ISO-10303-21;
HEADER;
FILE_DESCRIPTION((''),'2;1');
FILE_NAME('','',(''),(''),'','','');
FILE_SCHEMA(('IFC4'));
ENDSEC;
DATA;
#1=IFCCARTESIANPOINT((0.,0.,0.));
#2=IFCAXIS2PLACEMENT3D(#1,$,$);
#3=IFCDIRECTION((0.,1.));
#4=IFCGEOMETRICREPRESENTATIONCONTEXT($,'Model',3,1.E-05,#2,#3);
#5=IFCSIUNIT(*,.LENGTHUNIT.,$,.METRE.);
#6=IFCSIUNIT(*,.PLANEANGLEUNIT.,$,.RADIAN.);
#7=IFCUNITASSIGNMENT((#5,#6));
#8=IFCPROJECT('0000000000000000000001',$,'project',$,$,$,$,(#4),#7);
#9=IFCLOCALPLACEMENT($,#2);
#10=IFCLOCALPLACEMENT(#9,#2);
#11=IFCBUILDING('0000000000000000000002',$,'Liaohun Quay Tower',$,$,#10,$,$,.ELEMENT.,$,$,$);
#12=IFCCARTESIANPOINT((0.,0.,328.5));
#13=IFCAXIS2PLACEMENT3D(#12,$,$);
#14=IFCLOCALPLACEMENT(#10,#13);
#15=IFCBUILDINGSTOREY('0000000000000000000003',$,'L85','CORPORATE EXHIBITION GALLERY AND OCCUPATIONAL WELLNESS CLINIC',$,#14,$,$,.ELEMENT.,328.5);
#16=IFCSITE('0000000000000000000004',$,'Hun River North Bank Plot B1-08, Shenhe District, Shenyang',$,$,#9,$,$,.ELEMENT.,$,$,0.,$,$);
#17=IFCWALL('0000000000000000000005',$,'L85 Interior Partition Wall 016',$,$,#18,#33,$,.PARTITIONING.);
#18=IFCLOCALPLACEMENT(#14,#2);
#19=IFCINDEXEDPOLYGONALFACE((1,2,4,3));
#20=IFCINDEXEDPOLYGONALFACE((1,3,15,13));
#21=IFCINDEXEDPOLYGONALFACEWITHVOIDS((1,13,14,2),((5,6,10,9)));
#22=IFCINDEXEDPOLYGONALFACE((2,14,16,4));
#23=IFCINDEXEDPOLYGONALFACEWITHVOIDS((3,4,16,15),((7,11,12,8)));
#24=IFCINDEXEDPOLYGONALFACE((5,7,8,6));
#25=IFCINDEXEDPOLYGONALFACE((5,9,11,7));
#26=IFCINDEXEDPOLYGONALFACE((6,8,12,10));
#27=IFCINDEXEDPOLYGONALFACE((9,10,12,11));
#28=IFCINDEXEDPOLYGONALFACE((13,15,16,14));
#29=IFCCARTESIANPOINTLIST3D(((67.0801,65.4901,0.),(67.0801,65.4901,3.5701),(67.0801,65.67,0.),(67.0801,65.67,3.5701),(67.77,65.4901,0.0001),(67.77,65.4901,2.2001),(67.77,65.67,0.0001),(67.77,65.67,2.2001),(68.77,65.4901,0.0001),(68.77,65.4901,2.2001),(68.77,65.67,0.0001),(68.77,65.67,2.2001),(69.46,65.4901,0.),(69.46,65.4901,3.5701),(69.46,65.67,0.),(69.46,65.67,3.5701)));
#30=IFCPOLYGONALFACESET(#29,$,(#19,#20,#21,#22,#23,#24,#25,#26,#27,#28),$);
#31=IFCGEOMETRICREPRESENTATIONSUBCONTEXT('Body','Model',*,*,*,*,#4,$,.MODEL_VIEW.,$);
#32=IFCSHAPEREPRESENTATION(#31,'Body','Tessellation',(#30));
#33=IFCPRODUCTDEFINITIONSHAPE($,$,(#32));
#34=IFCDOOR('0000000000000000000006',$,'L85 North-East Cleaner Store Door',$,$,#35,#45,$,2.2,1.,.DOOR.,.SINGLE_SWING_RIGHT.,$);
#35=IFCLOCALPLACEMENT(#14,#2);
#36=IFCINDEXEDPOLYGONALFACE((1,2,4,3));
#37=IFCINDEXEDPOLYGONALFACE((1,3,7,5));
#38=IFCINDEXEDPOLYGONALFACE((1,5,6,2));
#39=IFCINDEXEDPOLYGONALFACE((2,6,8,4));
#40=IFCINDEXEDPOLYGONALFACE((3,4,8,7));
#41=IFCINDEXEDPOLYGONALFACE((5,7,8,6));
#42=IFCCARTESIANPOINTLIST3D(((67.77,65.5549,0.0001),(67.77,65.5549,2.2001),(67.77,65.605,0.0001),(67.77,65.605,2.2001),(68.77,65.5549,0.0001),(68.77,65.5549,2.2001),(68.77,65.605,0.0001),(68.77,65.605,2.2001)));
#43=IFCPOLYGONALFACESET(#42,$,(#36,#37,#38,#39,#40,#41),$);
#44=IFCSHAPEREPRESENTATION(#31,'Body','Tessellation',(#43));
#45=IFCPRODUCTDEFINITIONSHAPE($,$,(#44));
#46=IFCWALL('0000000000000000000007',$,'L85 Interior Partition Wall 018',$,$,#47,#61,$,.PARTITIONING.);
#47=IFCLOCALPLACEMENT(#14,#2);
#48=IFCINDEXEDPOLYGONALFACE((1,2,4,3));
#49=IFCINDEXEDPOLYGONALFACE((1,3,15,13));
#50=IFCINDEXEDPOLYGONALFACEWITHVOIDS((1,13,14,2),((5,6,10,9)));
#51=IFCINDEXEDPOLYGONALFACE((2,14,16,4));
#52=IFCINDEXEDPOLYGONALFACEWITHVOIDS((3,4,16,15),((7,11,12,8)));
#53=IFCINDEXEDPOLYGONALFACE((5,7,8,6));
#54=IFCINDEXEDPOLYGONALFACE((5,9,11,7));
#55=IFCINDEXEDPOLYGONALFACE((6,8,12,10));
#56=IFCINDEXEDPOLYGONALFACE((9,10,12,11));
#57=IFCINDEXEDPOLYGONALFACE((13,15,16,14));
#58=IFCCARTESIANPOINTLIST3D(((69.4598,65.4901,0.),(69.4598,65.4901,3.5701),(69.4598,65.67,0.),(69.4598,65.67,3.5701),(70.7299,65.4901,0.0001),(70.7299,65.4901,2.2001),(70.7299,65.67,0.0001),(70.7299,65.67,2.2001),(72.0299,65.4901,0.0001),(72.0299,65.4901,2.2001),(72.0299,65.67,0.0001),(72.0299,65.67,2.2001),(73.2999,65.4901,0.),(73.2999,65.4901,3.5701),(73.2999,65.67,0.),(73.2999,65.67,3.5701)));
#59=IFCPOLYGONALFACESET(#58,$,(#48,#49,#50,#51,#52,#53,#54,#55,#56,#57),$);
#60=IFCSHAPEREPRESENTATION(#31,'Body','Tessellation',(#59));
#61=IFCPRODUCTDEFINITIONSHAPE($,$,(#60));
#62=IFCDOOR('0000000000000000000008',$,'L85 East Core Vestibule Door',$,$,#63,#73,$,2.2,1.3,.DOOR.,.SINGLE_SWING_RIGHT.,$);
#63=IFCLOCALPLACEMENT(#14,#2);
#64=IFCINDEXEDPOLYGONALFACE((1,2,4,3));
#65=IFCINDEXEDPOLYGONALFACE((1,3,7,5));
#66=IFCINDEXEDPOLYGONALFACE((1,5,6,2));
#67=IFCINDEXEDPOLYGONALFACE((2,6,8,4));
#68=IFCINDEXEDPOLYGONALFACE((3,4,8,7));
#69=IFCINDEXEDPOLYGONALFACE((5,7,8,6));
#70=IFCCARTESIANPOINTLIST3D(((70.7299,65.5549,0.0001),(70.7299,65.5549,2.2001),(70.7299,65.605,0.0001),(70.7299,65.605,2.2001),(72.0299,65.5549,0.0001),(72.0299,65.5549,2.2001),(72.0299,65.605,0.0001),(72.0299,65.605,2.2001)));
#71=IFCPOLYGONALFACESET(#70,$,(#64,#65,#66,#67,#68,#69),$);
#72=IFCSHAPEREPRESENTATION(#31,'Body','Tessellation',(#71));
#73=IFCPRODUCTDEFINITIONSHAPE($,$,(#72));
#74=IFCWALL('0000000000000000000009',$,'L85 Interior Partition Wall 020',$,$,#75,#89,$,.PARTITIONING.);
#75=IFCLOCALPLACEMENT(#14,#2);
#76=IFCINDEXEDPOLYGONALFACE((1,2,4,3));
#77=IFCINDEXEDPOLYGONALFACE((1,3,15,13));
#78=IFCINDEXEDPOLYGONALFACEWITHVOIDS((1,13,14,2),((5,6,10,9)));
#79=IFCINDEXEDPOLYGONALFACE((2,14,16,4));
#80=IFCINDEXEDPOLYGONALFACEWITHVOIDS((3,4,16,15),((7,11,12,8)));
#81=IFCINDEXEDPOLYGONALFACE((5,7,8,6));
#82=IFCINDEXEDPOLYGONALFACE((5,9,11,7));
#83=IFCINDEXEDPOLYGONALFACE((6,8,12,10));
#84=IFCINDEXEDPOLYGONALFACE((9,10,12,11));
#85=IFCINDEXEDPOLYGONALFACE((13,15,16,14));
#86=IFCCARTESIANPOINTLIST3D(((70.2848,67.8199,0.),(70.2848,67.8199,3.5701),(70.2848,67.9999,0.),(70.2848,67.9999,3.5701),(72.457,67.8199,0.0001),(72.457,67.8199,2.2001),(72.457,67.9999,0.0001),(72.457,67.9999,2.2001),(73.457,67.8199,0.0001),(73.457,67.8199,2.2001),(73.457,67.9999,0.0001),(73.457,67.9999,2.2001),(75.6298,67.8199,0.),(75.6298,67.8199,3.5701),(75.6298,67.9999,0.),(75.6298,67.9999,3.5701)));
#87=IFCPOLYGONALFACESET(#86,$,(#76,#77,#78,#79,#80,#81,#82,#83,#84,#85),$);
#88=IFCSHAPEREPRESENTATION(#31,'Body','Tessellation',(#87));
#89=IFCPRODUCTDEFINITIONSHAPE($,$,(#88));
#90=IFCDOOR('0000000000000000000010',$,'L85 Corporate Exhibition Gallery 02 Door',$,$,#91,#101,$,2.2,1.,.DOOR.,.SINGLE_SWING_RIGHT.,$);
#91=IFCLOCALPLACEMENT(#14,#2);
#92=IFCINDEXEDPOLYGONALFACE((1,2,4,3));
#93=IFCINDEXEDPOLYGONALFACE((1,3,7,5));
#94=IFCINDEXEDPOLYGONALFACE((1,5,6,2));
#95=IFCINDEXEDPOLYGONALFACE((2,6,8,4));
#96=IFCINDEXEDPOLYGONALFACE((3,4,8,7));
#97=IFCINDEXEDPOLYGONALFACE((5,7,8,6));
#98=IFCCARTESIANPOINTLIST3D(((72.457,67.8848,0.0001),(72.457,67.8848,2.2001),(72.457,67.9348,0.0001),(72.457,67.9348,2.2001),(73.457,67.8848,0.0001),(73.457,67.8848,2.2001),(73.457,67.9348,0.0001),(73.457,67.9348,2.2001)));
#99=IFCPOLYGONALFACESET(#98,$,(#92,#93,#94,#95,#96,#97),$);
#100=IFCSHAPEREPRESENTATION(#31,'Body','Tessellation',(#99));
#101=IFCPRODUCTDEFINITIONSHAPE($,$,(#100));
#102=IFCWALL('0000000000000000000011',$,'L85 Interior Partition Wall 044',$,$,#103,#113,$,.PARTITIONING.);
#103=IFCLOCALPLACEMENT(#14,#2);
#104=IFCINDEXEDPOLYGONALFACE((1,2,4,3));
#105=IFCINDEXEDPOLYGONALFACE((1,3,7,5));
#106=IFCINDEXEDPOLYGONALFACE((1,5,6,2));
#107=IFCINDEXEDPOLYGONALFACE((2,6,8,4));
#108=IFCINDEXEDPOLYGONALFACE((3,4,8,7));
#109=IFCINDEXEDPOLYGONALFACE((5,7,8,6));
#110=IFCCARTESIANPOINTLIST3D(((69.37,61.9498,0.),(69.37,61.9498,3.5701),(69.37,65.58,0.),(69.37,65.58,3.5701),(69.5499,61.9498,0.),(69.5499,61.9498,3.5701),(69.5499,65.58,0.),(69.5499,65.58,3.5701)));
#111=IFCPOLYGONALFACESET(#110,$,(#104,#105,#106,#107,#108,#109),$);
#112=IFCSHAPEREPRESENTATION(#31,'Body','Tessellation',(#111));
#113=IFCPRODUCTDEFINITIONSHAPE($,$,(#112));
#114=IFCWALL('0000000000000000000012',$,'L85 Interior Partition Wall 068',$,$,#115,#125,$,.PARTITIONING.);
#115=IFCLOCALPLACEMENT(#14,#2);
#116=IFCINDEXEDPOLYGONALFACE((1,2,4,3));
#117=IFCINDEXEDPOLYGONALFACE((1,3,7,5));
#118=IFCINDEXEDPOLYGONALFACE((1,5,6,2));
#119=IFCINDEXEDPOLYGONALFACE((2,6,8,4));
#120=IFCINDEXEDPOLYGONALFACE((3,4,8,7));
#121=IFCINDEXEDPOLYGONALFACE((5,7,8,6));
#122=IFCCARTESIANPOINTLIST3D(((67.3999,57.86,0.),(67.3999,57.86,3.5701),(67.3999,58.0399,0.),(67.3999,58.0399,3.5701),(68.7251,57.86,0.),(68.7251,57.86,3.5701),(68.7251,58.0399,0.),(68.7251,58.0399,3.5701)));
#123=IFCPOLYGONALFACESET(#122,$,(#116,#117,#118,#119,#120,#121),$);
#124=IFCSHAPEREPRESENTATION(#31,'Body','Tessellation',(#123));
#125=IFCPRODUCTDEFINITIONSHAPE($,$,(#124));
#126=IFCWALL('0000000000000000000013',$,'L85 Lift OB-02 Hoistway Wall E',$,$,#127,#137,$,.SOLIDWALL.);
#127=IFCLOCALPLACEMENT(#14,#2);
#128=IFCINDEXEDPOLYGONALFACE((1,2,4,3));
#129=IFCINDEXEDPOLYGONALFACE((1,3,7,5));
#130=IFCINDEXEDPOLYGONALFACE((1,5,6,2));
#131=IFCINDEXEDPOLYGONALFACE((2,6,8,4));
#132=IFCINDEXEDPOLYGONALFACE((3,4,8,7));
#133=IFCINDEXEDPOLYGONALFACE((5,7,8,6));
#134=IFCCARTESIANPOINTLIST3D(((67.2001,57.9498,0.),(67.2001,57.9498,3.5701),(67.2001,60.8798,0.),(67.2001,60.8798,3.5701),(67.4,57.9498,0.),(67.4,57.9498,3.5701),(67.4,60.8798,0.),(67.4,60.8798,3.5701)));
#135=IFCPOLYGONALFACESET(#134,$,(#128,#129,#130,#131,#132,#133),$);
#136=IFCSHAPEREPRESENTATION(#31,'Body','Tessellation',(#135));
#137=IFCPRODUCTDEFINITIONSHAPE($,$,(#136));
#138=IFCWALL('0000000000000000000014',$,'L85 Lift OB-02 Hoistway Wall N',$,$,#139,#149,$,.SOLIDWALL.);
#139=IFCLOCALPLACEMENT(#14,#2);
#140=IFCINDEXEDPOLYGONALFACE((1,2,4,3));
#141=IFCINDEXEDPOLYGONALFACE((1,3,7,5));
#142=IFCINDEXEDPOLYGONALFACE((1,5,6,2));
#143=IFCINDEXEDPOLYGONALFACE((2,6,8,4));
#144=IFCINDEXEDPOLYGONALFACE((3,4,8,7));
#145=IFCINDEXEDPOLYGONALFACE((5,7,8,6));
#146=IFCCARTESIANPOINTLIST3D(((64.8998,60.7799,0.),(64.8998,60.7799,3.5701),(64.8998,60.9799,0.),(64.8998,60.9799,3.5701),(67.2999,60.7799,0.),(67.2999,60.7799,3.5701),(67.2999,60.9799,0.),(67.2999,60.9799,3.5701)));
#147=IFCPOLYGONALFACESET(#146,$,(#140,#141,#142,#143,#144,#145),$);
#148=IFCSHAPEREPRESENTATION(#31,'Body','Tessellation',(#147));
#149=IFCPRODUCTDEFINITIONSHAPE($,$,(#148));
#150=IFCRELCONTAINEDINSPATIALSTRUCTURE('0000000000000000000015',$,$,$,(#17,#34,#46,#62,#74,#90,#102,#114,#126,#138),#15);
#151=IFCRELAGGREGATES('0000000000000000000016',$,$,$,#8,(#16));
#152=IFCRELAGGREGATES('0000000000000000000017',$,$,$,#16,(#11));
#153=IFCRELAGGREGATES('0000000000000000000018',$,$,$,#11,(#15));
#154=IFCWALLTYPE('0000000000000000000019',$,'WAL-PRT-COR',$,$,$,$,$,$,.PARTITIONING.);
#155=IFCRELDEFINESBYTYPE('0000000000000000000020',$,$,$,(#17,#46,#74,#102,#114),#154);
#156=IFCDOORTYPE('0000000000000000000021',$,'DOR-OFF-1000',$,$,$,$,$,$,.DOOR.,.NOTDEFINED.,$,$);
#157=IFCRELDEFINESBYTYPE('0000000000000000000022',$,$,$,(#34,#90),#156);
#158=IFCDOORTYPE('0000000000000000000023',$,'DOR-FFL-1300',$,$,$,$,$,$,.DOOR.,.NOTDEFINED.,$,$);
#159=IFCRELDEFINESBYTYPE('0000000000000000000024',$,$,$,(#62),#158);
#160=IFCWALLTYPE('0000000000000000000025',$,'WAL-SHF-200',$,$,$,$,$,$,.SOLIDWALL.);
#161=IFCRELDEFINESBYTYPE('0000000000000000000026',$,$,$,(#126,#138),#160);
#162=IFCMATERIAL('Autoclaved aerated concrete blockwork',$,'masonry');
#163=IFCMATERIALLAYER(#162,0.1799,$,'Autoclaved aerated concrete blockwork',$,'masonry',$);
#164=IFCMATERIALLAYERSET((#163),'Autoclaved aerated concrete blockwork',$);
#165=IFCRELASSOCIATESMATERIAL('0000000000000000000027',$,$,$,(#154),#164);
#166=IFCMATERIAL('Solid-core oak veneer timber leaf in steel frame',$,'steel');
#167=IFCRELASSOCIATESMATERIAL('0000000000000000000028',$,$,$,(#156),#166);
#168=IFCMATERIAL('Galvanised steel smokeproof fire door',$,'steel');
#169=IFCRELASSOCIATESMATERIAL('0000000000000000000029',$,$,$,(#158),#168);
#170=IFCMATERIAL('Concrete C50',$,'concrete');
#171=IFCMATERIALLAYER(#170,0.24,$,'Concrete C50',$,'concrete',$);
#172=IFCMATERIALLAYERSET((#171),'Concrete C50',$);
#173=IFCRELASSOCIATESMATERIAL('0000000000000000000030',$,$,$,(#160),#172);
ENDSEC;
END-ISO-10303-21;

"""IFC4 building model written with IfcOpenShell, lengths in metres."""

from ifc_helpers import new_model, si_unit, direction, frame, frame_2d, origin, place, context, subcontext, project, spatial, rectangle, extrude, source, transform, mapped, material, layer, layer_set, type_object, element, fill, save


model = new_model("IFC4")

# Units and contexts
model_context = context("Model", 3, precision=1e-05, world=origin(), true_north=direction((0.0, 1.0)))
body_context = subcontext(model_context, "Body", "Model", "MODEL_VIEW")
ifc_project = project(units=[si_unit("LENGTHUNIT", "METRE"), si_unit("PLANEANGLEUNIT", "RADIAN")], contexts=[model_context])

# Site, building, storey
site_placement = place(None, origin())
site = spatial("IfcSite", under=ifc_project, at=site_placement, Name="Hun River North Bank Plot B1-08, Shenhe District, Shenyang", CompositionType="ELEMENT", RefElevation=0.0)
building_placement = place(site_placement, origin())
building = spatial("IfcBuilding", under=site, at=building_placement, Name="Liaohun Quay Tower", CompositionType="ELEMENT")
storey_placement = place(building_placement, frame((0.0, 0.0, 328.5)))
storey = spatial("IfcBuildingStorey", under=building, at=storey_placement, Name="L85", Description="CORPORATE EXHIBITION GALLERY AND OCCUPATIONAL WELLNESS CLINIC", CompositionType="ELEMENT", Elevation=328.5)

# Shared definitions
ifc_material_1 = material(Name="Concrete C50", Category="concrete")

# Walls, openings, doors
ifc_material_2 = material(Name="Autoclaved aerated concrete blockwork", Category="masonry")
ifc_layer_1 = layer(ifc_material_2, 0.1799, Name="Autoclaved aerated concrete blockwork", Category="masonry")
ifc_layer_set_1 = layer_set([ifc_layer_1], Name="Autoclaved aerated concrete blockwork")
wall_type_1 = type_object("IfcWallType", Name="WAL-PRT-COR", PredefinedType="PARTITIONING", material=ifc_layer_set_1)
wall_1_placement = place(storey_placement, frame((67.0801, 65.5801, 0.0), z_axis=(0.0, 0.0, 1.0), x_axis=(1.0, 0.0, 0.0)))
wall_1 = element("IfcWall", 1, at=wall_1_placement, inside=storey, type_object=wall_type_1, Name="L85 Interior Partition Wall 016", PredefinedType="PARTITIONING", context=body_context, shape_type="SweptSolid", body=[
    extrude(rectangle(XDim=2.3799, YDim=0.1799, at=frame_2d((1.1899, 0.0))), origin(), (0.0, 0.0, 1.0), 3.5701),
])
shared_shape_1 = source(origin(), body_context, "Body", "SweptSolid", [
    extrude(rectangle(XDim=1.0, YDim=2.2, at=frame_2d((0.5, 1.1001))), frame((0.0, 0.0999, 0.0), z_axis=(0.0, -1.0, 0.0), x_axis=(1.0, 0.0, 0.0)), (0.0, 0.0, 1.0), 0.2),
])
opening_1_placement = place(wall_1_placement, frame((0.6899, 0.0, 0.0)))
opening_1 = element("IfcOpeningElement", 2, at=opening_1_placement, cuts=wall_1, PredefinedType="OPENING", context=body_context, shape_type="MappedRepresentation", body=[
    mapped(shared_shape_1, transform((0.0, 0.0, 0.0), x_axis=(1.0, 0.0, 0.0), y_axis=(0.0, 1.0, 0.0), z_axis=(0.0, 0.0, 1.0), scale=1.0)),
])
ifc_material_3 = material(Name="Solid-core oak veneer timber leaf in steel frame", Category="steel")
door_type_1 = type_object("IfcDoorType", Name="DOR-OFF-1000", OperationType="NOTDEFINED", PredefinedType="DOOR", material=ifc_material_3)
shared_shape_2 = source(origin(), body_context, "Body", "SweptSolid", [
    extrude(rectangle(XDim=1.0, YDim=2.2, at=frame_2d((0.5, 1.1001))), frame((0.0, 0.0249, 0.0), z_axis=(0.0, -1.0, 0.0), x_axis=(1.0, 0.0, 0.0)), (0.0, 0.0, 1.0), 0.05),
])
door_1_placement = place(opening_1_placement, origin())
door_1 = element("IfcDoor", 3, at=door_1_placement, inside=storey, type_object=door_type_1, Name="L85 North-East Cleaner Store Door", OperationType="SINGLE_SWING_RIGHT", OverallHeight=2.2, OverallWidth=1.0, PredefinedType="DOOR", context=body_context, shape_type="MappedRepresentation", body=[
    mapped(shared_shape_2, transform((0.0, 0.0, 0.0), x_axis=(1.0, 0.0, 0.0), y_axis=(0.0, 1.0, 0.0), z_axis=(0.0, 0.0, 1.0), scale=1.0)),
])
fill(opening_1, door_1)
wall_2_placement = place(storey_placement, frame((69.46, 65.5801, 0.0), z_axis=(0.0, 0.0, 1.0), x_axis=(1.0, 0.0, 0.0)))
wall_2 = element("IfcWall", 4, at=wall_2_placement, inside=storey, type_object=wall_type_1, Name="L85 Interior Partition Wall 018", PredefinedType="PARTITIONING", context=body_context, shape_type="SweptSolid", body=[
    extrude(rectangle(XDim=3.8401, YDim=0.1799, at=frame_2d((1.9199, 0.0))), origin(), (0.0, 0.0, 1.0), 3.5701),
])
shared_shape_3 = source(origin(), body_context, "Body", "SweptSolid", [
    extrude(rectangle(XDim=1.3, YDim=2.2, at=frame_2d((0.6499, 1.1001))), frame((0.0, 0.0999, 0.0), z_axis=(0.0, -1.0, 0.0), x_axis=(1.0, 0.0, 0.0)), (0.0, 0.0, 1.0), 0.2),
])
opening_2_placement = place(wall_2_placement, frame((1.27, 0.0, 0.0)))
opening_2 = element("IfcOpeningElement", 5, at=opening_2_placement, cuts=wall_2, PredefinedType="OPENING", context=body_context, shape_type="MappedRepresentation", body=[
    mapped(shared_shape_3, transform((0.0, 0.0, 0.0), x_axis=(1.0, 0.0, 0.0), y_axis=(0.0, 1.0, 0.0), z_axis=(0.0, 0.0, 1.0), scale=1.0)),
])
ifc_material_4 = material(Name="Galvanised steel smokeproof fire door", Category="steel")
door_type_2 = type_object("IfcDoorType", Name="DOR-FFL-1300", OperationType="NOTDEFINED", PredefinedType="DOOR", material=ifc_material_4)
shared_shape_4 = source(origin(), body_context, "Body", "SweptSolid", [
    extrude(rectangle(XDim=1.3, YDim=2.2, at=frame_2d((0.6499, 1.1001))), frame((0.0, 0.0249, 0.0), z_axis=(0.0, -1.0, 0.0), x_axis=(1.0, 0.0, 0.0)), (0.0, 0.0, 1.0), 0.05),
])
door_2_placement = place(opening_2_placement, origin())
door_2 = element("IfcDoor", 6, at=door_2_placement, inside=storey, type_object=door_type_2, Name="L85 East Core Vestibule Door", OperationType="SINGLE_SWING_RIGHT", OverallHeight=2.2, OverallWidth=1.3, PredefinedType="DOOR", context=body_context, shape_type="MappedRepresentation", body=[
    mapped(shared_shape_4, transform((0.0, 0.0, 0.0), x_axis=(1.0, 0.0, 0.0), y_axis=(0.0, 1.0, 0.0), z_axis=(0.0, 0.0, 1.0), scale=1.0)),
])
fill(opening_2, door_2)
wall_3_placement = place(storey_placement, frame((70.2849, 67.9099, 0.0), z_axis=(0.0, 0.0, 1.0), x_axis=(1.0, 0.0, 0.0)))
wall_3 = element("IfcWall", 7, at=wall_3_placement, inside=storey, type_object=wall_type_1, Name="L85 Interior Partition Wall 020", PredefinedType="PARTITIONING", context=body_context, shape_type="SweptSolid", body=[
    extrude(rectangle(XDim=5.345, YDim=0.1799, at=frame_2d((2.6724, 0.0))), origin(), (0.0, 0.0, 1.0), 3.5701),
])
opening_3_placement = place(wall_3_placement, frame((2.1721, 0.0, 0.0)))
opening_3 = element("IfcOpeningElement", 8, at=opening_3_placement, cuts=wall_3, PredefinedType="OPENING", context=body_context, shape_type="MappedRepresentation", body=[
    mapped(shared_shape_1, transform((0.0, 0.0, 0.0), x_axis=(1.0, 0.0, 0.0), y_axis=(0.0, 1.0, 0.0), z_axis=(0.0, 0.0, 1.0), scale=1.0)),
])
door_3_placement = place(opening_3_placement, origin())
door_3 = element("IfcDoor", 9, at=door_3_placement, inside=storey, type_object=door_type_1, Name="L85 Corporate Exhibition Gallery 02 Door", OperationType="SINGLE_SWING_RIGHT", OverallHeight=2.2, OverallWidth=1.0, PredefinedType="DOOR", context=body_context, shape_type="MappedRepresentation", body=[
    mapped(shared_shape_2, transform((0.0, 0.0, 0.0), x_axis=(1.0, 0.0, 0.0), y_axis=(0.0, 1.0, 0.0), z_axis=(0.0, 0.0, 1.0), scale=1.0)),
])
fill(opening_3, door_3)

# Walls
wall_4_placement = place(storey_placement, frame((69.46, 61.95, 0.0), z_axis=(0.0, 0.0, 1.0), x_axis=(0.0, 1.0, 0.0)))
element("IfcWall", 10, at=wall_4_placement, inside=storey, type_object=wall_type_1, Name="L85 Interior Partition Wall 044", PredefinedType="PARTITIONING", context=body_context, shape_type="SweptSolid", body=[
    extrude(rectangle(XDim=3.6301, YDim=0.1799, at=frame_2d((1.8149, 0.0))), origin(), (0.0, 0.0, 1.0), 3.5701),
])
wall_5_placement = place(storey_placement, frame((67.3999, 57.95, 0.0), z_axis=(0.0, 0.0, 1.0), x_axis=(1.0, 0.0, 0.0)))
element("IfcWall", 11, at=wall_5_placement, inside=storey, type_object=wall_type_1, Name="L85 Interior Partition Wall 068", PredefinedType="PARTITIONING", context=body_context, shape_type="SweptSolid", body=[
    extrude(rectangle(XDim=1.3252, YDim=0.1799, at=frame_2d((0.6626, 0.0))), origin(), (0.0, 0.0, 1.0), 3.5701),
])
ifc_layer_2 = layer(ifc_material_1, 0.24, Name="Concrete C50", Category="concrete")
ifc_layer_set_2 = layer_set([ifc_layer_2], Name="Concrete C50")
wall_type_2 = type_object("IfcWallType", Name="WAL-SHF-200", PredefinedType="SOLIDWALL", material=ifc_layer_set_2)
wall_6_placement = place(storey_placement, frame((67.3, 57.95, 0.0), z_axis=(0.0, 0.0, 1.0), x_axis=(0.0, 1.0, 0.0)))
element("IfcWall", 12, at=wall_6_placement, inside=storey, type_object=wall_type_2, Name="L85 Lift OB-02 Hoistway Wall E", PredefinedType="SOLIDWALL", context=body_context, shape_type="SweptSolid", body=[
    extrude(rectangle(XDim=2.9299, YDim=0.2, at=frame_2d((1.4648, 0.0))), origin(), (0.0, 0.0, 1.0), 3.5701),
])
wall_7_placement = place(storey_placement, frame((67.3, 60.8799, 0.0), z_axis=(0.0, 0.0, 1.0), x_axis=(-1.0, 0.0, 0.0)))
element("IfcWall", 13, at=wall_7_placement, inside=storey, type_object=wall_type_2, Name="L85 Lift OB-02 Hoistway Wall N", PredefinedType="SOLIDWALL", context=body_context, shape_type="SweptSolid", body=[
    extrude(rectangle(XDim=2.4001, YDim=0.2, at=frame_2d((1.2002, 0.0))), origin(), (0.0, 0.0, 1.0), 3.5701),
])

save(model, "model.ifc")
